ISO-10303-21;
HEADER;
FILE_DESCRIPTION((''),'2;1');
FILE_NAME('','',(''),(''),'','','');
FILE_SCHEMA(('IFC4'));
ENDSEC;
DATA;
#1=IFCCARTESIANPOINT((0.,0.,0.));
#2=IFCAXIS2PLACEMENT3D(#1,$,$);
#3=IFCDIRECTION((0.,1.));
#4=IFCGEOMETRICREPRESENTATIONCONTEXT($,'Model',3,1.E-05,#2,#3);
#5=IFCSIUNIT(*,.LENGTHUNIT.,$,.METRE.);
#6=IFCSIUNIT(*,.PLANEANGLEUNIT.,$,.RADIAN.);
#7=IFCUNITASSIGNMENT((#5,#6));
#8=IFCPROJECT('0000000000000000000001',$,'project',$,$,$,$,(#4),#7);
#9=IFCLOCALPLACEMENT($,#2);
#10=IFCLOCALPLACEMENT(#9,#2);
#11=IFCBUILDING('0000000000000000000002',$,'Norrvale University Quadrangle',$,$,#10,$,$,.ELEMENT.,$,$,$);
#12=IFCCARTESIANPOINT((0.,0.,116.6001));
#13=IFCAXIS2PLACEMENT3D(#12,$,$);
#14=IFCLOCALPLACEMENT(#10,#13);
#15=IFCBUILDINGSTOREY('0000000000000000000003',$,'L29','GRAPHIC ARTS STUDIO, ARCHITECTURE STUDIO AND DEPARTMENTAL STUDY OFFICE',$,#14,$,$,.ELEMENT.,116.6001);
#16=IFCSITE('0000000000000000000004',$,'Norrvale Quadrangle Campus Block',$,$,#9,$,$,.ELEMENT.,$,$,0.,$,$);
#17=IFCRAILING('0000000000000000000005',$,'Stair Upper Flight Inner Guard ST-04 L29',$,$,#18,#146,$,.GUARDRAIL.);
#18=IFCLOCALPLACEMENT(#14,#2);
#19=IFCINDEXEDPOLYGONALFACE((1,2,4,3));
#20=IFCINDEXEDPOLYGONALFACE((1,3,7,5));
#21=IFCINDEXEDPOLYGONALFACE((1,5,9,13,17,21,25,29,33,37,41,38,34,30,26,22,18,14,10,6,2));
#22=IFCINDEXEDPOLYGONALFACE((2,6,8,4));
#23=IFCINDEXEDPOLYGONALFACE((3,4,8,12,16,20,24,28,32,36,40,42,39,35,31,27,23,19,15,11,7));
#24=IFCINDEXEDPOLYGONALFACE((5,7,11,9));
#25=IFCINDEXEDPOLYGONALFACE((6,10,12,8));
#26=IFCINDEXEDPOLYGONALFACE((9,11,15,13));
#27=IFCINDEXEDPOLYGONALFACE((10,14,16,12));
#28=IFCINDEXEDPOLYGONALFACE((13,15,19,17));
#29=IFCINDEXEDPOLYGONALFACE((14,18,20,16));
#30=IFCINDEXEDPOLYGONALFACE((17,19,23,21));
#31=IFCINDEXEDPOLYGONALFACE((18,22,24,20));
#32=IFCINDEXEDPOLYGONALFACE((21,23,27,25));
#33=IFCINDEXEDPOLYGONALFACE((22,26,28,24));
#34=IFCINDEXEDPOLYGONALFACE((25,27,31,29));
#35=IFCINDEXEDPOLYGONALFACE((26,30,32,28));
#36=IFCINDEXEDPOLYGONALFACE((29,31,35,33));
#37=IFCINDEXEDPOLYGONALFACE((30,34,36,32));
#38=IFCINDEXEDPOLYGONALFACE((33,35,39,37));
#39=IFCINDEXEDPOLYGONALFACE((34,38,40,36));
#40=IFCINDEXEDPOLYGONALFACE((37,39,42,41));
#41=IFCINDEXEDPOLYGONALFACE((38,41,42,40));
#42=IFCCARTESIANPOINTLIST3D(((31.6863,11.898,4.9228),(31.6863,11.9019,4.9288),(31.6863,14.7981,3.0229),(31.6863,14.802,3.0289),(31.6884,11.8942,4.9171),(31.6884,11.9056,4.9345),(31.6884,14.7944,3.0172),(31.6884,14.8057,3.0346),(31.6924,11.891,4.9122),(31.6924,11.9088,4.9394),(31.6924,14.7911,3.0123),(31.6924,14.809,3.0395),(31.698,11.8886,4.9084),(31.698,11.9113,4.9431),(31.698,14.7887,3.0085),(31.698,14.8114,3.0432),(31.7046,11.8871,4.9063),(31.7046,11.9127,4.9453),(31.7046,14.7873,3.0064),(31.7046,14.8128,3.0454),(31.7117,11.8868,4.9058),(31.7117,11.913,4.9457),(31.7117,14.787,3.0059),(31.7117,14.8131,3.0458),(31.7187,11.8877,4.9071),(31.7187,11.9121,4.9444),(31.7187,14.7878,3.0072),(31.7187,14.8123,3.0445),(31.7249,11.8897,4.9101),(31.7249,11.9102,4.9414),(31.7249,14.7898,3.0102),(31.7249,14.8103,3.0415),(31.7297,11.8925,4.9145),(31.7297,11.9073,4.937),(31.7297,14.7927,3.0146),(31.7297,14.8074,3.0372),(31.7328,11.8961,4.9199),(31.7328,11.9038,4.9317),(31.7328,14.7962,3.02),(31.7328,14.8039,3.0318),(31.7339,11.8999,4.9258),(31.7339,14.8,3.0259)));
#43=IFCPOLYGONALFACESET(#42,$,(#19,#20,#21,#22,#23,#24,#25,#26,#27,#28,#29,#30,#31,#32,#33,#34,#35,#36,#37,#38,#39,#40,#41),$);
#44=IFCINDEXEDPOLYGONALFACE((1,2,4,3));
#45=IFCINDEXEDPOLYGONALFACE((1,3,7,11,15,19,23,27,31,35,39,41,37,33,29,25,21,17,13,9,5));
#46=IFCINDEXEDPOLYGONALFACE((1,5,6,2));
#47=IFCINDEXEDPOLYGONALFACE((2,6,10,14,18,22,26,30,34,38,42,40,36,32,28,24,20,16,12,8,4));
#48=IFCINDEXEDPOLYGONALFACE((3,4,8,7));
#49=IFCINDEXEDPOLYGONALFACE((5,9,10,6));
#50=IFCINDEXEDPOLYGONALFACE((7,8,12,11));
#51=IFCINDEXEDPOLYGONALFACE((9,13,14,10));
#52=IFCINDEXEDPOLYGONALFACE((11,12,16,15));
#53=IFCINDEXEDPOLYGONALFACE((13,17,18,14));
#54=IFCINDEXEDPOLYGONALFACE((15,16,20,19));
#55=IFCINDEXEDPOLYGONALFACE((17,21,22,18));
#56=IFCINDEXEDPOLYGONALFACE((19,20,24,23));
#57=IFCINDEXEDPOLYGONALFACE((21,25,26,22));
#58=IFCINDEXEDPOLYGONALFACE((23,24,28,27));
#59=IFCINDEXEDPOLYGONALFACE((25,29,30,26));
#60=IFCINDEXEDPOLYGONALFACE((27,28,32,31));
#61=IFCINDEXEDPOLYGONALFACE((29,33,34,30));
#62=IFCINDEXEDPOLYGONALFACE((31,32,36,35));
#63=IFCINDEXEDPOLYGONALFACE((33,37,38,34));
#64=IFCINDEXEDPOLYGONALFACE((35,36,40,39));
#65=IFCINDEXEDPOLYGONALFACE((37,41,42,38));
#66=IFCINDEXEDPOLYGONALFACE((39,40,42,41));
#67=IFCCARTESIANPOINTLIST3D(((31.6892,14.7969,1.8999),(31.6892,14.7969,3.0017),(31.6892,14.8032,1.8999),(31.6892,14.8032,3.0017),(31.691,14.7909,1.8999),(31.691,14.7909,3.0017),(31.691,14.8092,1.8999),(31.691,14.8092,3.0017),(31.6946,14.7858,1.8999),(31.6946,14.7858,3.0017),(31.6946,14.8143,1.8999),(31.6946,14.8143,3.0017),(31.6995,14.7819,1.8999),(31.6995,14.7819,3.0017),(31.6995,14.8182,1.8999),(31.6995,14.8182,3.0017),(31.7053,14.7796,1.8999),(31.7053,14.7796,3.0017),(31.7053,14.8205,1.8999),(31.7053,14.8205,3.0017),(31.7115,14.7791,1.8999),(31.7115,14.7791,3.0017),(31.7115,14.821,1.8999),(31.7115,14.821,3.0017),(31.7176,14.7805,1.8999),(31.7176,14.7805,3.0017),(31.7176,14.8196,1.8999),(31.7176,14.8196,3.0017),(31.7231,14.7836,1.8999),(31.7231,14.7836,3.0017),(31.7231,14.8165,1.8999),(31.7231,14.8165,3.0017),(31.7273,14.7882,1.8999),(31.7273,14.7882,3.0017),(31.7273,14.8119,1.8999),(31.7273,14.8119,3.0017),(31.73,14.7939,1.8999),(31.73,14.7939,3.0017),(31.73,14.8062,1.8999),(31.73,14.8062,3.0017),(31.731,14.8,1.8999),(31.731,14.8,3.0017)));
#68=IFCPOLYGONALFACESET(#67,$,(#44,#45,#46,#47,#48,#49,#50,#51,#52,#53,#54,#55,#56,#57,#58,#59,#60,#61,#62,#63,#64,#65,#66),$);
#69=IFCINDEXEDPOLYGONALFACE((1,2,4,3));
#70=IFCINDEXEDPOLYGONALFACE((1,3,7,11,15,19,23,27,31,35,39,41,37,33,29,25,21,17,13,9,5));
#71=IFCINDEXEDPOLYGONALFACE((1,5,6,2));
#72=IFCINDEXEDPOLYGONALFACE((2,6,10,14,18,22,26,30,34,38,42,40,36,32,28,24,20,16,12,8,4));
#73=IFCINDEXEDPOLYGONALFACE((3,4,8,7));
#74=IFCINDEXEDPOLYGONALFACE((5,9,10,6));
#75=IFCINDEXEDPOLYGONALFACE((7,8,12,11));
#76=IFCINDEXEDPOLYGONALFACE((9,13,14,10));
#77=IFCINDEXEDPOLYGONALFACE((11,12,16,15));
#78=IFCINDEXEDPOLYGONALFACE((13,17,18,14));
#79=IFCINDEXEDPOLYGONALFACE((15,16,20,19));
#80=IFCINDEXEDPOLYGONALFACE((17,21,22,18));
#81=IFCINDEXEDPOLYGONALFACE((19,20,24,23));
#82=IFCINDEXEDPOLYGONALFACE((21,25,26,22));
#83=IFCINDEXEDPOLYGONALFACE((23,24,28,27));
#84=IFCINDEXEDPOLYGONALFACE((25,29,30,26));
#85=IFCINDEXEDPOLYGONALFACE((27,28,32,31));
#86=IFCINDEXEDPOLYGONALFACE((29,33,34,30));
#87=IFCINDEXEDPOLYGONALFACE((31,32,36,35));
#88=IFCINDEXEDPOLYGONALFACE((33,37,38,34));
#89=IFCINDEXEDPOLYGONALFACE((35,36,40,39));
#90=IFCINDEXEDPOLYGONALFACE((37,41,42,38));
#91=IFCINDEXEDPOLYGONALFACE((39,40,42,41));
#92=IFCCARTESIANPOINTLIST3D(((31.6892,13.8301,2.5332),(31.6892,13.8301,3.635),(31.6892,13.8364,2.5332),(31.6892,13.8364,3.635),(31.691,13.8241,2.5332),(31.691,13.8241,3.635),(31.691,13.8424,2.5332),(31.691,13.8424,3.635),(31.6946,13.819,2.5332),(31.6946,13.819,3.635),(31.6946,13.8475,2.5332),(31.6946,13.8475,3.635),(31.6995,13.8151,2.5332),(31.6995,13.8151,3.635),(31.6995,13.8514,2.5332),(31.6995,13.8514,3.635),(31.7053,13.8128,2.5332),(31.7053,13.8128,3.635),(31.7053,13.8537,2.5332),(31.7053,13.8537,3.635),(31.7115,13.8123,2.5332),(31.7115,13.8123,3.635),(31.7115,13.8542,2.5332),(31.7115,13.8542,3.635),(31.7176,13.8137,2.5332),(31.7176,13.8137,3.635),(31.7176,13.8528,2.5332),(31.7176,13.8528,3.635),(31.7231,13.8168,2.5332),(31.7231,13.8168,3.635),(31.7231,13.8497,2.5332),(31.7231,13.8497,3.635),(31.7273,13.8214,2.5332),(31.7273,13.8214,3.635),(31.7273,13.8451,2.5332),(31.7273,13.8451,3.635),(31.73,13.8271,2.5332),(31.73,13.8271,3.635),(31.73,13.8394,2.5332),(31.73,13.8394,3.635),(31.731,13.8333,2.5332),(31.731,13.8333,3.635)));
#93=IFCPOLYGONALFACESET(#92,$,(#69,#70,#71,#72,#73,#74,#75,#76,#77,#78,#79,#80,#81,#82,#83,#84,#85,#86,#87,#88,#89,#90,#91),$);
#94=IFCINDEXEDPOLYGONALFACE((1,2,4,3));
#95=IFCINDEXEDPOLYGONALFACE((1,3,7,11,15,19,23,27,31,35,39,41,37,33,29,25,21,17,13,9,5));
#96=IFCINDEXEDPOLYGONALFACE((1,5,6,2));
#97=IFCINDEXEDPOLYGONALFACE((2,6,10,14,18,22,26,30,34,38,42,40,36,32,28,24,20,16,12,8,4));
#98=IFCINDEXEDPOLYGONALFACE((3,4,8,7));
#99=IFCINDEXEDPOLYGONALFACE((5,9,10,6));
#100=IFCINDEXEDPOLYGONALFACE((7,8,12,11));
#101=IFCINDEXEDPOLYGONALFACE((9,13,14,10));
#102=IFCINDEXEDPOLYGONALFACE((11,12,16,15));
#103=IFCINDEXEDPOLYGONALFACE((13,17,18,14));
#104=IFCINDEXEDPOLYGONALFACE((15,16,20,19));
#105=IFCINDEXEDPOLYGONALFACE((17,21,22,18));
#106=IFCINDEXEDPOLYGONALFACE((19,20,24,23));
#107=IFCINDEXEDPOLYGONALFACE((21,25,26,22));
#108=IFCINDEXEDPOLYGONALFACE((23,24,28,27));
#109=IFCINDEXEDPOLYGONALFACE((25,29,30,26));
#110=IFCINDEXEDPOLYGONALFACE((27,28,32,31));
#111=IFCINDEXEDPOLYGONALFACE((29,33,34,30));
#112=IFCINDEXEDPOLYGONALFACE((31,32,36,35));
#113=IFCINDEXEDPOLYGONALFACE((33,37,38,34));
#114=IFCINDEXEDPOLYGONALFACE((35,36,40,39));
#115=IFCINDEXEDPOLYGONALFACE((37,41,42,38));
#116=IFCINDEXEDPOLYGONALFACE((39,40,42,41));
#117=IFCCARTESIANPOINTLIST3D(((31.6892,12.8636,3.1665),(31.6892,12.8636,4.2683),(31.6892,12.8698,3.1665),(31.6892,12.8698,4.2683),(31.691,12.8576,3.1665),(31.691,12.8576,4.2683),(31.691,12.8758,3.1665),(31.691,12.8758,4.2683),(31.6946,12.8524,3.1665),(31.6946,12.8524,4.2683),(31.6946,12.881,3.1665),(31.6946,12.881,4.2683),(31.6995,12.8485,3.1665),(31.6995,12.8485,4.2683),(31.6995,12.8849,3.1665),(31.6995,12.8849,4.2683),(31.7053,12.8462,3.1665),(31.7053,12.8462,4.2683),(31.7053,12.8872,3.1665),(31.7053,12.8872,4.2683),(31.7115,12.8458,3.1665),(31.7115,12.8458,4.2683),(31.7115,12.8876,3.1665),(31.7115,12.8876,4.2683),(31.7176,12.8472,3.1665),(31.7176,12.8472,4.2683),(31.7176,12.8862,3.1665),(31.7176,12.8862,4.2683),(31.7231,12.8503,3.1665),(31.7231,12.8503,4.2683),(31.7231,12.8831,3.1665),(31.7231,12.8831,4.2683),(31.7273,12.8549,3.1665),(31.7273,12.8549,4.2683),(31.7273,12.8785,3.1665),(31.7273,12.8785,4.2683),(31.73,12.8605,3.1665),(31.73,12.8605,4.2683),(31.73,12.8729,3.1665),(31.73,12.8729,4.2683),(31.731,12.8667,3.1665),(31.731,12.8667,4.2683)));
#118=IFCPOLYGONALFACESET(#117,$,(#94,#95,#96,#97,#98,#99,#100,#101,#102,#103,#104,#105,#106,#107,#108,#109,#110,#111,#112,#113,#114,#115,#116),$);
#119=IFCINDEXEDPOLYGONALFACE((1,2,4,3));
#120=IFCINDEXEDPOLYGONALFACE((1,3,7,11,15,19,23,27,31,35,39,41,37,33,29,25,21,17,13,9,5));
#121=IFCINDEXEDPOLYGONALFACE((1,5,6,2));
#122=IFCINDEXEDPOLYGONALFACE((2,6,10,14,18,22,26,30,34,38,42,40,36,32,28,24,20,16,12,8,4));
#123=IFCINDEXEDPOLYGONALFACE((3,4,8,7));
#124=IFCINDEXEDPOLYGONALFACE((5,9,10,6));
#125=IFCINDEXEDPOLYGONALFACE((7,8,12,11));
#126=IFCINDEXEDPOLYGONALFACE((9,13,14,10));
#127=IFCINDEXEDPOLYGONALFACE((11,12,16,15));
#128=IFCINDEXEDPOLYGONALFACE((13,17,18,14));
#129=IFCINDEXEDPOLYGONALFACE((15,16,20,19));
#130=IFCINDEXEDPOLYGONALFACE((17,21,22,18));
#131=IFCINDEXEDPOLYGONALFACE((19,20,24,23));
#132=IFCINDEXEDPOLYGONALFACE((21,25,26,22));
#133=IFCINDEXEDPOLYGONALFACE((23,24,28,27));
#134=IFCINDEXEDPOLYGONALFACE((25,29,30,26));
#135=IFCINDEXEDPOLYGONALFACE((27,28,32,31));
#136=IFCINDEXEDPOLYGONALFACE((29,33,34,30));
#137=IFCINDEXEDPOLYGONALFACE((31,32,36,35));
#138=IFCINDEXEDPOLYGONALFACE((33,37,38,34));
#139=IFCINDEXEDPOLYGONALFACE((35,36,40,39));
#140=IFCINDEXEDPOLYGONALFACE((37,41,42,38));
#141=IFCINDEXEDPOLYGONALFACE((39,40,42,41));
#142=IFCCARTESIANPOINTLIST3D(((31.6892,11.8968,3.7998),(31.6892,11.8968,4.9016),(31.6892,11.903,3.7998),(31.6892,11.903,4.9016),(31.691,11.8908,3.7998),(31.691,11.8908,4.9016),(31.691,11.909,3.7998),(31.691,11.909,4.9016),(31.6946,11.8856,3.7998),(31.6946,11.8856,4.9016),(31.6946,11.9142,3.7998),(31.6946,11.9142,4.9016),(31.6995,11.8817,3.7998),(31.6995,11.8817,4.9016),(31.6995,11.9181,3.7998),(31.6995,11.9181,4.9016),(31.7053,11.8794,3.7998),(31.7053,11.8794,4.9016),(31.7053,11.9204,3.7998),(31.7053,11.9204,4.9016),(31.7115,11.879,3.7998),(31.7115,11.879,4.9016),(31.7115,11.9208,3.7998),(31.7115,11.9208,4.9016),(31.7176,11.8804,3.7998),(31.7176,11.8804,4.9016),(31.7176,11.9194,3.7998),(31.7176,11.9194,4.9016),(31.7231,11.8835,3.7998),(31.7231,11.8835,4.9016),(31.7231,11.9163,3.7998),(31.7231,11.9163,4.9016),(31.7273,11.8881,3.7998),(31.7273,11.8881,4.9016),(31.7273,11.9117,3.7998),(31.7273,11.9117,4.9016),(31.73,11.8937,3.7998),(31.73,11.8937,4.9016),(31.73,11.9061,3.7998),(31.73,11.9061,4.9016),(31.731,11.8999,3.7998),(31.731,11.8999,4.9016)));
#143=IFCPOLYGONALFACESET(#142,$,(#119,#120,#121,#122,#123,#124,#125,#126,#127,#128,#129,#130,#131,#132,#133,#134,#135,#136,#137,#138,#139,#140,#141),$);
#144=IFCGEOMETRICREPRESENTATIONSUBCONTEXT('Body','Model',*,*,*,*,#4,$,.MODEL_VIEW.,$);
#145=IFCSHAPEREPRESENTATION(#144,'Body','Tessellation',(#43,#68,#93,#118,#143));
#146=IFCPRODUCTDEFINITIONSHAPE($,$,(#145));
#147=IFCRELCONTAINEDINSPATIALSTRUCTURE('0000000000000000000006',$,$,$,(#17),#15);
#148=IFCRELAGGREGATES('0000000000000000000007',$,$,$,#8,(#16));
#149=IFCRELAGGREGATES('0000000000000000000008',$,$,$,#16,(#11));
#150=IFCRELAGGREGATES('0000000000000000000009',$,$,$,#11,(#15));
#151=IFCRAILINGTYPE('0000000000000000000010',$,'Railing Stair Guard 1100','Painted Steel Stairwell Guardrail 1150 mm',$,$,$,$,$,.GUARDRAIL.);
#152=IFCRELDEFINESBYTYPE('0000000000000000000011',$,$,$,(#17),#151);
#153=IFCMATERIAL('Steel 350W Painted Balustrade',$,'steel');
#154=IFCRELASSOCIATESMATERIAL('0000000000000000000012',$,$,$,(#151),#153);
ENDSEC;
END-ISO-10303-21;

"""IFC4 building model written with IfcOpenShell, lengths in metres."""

from ifc_helpers import new_model, si_unit, direction, frame, origin, origin_2d, place, context, subcontext, project, spatial, circle, extrude, material, type_object, element, save


model = new_model("IFC4")

# Units and contexts
model_context = context("Model", 3, precision=1e-05, world=origin(), true_north=direction((0.0, 1.0)))
body_context = subcontext(model_context, "Body", "Model", "MODEL_VIEW")
ifc_project = project(units=[si_unit("LENGTHUNIT", "METRE"), si_unit("PLANEANGLEUNIT", "RADIAN")], contexts=[model_context])

# Site, building, storey
site_placement = place(None, origin())
site = spatial("IfcSite", under=ifc_project, at=site_placement, Name="Norrvale Quadrangle Campus Block", CompositionType="ELEMENT", RefElevation=0.0)
building_placement = place(site_placement, origin())
building = spatial("IfcBuilding", under=site, at=building_placement, Name="Norrvale University Quadrangle", CompositionType="ELEMENT")
storey_placement = place(building_placement, frame((0.0, 0.0, 116.6001)))
storey = spatial("IfcBuildingStorey", under=building, at=storey_placement, Name="L29", Description="GRAPHIC ARTS STUDIO, ARCHITECTURE STUDIO AND DEPARTMENTAL STUDY OFFICE", CompositionType="ELEMENT", Elevation=116.6001)

# Railing
ifc_material_1 = material(Name="Steel 350W Painted Balustrade", Category="steel")
railing_type_1 = type_object("IfcRailingType", Name="Railing Stair Guard 1100", Description="Painted Steel Stairwell Guardrail 1150 mm", PredefinedType="GUARDRAIL", material=ifc_material_1)
railing_1_placement = place(storey_placement, frame((31.71, 14.8, 1.8999)))
element("IfcRailing", 1, at=railing_1_placement, inside=storey, type_object=railing_type_1, Name="Stair Upper Flight Inner Guard ST-04 L29", PredefinedType="GUARDRAIL", context=body_context, shape_type="SweptSolid", body=[
    extrude(circle(Radius=0.0239, at=origin_2d()), frame((0.0, 0.0, 1.126), z_axis=(0.0, -0.836487, 0.547987), x_axis=(1.0, 0.0, 0.0)), (0.0, 0.0, 1.0), 3.467),
    extrude(circle(Radius=0.021, at=origin_2d()), origin(), (0.0, 0.0, 1.0), 1.1018),
    extrude(circle(Radius=0.021, at=origin_2d()), frame((0.0, -0.9668, 0.6333)), (0.0, 0.0, 1.0), 1.1018),
    extrude(circle(Radius=0.021, at=origin_2d()), frame((0.0, -1.9333, 1.2666)), (0.0, 0.0, 1.0), 1.1018),
    extrude(circle(Radius=0.021, at=origin_2d()), frame((0.0, -2.9001, 1.8999)), (0.0, 0.0, 1.0), 1.1018),
])

save(model, "model.ifc")
